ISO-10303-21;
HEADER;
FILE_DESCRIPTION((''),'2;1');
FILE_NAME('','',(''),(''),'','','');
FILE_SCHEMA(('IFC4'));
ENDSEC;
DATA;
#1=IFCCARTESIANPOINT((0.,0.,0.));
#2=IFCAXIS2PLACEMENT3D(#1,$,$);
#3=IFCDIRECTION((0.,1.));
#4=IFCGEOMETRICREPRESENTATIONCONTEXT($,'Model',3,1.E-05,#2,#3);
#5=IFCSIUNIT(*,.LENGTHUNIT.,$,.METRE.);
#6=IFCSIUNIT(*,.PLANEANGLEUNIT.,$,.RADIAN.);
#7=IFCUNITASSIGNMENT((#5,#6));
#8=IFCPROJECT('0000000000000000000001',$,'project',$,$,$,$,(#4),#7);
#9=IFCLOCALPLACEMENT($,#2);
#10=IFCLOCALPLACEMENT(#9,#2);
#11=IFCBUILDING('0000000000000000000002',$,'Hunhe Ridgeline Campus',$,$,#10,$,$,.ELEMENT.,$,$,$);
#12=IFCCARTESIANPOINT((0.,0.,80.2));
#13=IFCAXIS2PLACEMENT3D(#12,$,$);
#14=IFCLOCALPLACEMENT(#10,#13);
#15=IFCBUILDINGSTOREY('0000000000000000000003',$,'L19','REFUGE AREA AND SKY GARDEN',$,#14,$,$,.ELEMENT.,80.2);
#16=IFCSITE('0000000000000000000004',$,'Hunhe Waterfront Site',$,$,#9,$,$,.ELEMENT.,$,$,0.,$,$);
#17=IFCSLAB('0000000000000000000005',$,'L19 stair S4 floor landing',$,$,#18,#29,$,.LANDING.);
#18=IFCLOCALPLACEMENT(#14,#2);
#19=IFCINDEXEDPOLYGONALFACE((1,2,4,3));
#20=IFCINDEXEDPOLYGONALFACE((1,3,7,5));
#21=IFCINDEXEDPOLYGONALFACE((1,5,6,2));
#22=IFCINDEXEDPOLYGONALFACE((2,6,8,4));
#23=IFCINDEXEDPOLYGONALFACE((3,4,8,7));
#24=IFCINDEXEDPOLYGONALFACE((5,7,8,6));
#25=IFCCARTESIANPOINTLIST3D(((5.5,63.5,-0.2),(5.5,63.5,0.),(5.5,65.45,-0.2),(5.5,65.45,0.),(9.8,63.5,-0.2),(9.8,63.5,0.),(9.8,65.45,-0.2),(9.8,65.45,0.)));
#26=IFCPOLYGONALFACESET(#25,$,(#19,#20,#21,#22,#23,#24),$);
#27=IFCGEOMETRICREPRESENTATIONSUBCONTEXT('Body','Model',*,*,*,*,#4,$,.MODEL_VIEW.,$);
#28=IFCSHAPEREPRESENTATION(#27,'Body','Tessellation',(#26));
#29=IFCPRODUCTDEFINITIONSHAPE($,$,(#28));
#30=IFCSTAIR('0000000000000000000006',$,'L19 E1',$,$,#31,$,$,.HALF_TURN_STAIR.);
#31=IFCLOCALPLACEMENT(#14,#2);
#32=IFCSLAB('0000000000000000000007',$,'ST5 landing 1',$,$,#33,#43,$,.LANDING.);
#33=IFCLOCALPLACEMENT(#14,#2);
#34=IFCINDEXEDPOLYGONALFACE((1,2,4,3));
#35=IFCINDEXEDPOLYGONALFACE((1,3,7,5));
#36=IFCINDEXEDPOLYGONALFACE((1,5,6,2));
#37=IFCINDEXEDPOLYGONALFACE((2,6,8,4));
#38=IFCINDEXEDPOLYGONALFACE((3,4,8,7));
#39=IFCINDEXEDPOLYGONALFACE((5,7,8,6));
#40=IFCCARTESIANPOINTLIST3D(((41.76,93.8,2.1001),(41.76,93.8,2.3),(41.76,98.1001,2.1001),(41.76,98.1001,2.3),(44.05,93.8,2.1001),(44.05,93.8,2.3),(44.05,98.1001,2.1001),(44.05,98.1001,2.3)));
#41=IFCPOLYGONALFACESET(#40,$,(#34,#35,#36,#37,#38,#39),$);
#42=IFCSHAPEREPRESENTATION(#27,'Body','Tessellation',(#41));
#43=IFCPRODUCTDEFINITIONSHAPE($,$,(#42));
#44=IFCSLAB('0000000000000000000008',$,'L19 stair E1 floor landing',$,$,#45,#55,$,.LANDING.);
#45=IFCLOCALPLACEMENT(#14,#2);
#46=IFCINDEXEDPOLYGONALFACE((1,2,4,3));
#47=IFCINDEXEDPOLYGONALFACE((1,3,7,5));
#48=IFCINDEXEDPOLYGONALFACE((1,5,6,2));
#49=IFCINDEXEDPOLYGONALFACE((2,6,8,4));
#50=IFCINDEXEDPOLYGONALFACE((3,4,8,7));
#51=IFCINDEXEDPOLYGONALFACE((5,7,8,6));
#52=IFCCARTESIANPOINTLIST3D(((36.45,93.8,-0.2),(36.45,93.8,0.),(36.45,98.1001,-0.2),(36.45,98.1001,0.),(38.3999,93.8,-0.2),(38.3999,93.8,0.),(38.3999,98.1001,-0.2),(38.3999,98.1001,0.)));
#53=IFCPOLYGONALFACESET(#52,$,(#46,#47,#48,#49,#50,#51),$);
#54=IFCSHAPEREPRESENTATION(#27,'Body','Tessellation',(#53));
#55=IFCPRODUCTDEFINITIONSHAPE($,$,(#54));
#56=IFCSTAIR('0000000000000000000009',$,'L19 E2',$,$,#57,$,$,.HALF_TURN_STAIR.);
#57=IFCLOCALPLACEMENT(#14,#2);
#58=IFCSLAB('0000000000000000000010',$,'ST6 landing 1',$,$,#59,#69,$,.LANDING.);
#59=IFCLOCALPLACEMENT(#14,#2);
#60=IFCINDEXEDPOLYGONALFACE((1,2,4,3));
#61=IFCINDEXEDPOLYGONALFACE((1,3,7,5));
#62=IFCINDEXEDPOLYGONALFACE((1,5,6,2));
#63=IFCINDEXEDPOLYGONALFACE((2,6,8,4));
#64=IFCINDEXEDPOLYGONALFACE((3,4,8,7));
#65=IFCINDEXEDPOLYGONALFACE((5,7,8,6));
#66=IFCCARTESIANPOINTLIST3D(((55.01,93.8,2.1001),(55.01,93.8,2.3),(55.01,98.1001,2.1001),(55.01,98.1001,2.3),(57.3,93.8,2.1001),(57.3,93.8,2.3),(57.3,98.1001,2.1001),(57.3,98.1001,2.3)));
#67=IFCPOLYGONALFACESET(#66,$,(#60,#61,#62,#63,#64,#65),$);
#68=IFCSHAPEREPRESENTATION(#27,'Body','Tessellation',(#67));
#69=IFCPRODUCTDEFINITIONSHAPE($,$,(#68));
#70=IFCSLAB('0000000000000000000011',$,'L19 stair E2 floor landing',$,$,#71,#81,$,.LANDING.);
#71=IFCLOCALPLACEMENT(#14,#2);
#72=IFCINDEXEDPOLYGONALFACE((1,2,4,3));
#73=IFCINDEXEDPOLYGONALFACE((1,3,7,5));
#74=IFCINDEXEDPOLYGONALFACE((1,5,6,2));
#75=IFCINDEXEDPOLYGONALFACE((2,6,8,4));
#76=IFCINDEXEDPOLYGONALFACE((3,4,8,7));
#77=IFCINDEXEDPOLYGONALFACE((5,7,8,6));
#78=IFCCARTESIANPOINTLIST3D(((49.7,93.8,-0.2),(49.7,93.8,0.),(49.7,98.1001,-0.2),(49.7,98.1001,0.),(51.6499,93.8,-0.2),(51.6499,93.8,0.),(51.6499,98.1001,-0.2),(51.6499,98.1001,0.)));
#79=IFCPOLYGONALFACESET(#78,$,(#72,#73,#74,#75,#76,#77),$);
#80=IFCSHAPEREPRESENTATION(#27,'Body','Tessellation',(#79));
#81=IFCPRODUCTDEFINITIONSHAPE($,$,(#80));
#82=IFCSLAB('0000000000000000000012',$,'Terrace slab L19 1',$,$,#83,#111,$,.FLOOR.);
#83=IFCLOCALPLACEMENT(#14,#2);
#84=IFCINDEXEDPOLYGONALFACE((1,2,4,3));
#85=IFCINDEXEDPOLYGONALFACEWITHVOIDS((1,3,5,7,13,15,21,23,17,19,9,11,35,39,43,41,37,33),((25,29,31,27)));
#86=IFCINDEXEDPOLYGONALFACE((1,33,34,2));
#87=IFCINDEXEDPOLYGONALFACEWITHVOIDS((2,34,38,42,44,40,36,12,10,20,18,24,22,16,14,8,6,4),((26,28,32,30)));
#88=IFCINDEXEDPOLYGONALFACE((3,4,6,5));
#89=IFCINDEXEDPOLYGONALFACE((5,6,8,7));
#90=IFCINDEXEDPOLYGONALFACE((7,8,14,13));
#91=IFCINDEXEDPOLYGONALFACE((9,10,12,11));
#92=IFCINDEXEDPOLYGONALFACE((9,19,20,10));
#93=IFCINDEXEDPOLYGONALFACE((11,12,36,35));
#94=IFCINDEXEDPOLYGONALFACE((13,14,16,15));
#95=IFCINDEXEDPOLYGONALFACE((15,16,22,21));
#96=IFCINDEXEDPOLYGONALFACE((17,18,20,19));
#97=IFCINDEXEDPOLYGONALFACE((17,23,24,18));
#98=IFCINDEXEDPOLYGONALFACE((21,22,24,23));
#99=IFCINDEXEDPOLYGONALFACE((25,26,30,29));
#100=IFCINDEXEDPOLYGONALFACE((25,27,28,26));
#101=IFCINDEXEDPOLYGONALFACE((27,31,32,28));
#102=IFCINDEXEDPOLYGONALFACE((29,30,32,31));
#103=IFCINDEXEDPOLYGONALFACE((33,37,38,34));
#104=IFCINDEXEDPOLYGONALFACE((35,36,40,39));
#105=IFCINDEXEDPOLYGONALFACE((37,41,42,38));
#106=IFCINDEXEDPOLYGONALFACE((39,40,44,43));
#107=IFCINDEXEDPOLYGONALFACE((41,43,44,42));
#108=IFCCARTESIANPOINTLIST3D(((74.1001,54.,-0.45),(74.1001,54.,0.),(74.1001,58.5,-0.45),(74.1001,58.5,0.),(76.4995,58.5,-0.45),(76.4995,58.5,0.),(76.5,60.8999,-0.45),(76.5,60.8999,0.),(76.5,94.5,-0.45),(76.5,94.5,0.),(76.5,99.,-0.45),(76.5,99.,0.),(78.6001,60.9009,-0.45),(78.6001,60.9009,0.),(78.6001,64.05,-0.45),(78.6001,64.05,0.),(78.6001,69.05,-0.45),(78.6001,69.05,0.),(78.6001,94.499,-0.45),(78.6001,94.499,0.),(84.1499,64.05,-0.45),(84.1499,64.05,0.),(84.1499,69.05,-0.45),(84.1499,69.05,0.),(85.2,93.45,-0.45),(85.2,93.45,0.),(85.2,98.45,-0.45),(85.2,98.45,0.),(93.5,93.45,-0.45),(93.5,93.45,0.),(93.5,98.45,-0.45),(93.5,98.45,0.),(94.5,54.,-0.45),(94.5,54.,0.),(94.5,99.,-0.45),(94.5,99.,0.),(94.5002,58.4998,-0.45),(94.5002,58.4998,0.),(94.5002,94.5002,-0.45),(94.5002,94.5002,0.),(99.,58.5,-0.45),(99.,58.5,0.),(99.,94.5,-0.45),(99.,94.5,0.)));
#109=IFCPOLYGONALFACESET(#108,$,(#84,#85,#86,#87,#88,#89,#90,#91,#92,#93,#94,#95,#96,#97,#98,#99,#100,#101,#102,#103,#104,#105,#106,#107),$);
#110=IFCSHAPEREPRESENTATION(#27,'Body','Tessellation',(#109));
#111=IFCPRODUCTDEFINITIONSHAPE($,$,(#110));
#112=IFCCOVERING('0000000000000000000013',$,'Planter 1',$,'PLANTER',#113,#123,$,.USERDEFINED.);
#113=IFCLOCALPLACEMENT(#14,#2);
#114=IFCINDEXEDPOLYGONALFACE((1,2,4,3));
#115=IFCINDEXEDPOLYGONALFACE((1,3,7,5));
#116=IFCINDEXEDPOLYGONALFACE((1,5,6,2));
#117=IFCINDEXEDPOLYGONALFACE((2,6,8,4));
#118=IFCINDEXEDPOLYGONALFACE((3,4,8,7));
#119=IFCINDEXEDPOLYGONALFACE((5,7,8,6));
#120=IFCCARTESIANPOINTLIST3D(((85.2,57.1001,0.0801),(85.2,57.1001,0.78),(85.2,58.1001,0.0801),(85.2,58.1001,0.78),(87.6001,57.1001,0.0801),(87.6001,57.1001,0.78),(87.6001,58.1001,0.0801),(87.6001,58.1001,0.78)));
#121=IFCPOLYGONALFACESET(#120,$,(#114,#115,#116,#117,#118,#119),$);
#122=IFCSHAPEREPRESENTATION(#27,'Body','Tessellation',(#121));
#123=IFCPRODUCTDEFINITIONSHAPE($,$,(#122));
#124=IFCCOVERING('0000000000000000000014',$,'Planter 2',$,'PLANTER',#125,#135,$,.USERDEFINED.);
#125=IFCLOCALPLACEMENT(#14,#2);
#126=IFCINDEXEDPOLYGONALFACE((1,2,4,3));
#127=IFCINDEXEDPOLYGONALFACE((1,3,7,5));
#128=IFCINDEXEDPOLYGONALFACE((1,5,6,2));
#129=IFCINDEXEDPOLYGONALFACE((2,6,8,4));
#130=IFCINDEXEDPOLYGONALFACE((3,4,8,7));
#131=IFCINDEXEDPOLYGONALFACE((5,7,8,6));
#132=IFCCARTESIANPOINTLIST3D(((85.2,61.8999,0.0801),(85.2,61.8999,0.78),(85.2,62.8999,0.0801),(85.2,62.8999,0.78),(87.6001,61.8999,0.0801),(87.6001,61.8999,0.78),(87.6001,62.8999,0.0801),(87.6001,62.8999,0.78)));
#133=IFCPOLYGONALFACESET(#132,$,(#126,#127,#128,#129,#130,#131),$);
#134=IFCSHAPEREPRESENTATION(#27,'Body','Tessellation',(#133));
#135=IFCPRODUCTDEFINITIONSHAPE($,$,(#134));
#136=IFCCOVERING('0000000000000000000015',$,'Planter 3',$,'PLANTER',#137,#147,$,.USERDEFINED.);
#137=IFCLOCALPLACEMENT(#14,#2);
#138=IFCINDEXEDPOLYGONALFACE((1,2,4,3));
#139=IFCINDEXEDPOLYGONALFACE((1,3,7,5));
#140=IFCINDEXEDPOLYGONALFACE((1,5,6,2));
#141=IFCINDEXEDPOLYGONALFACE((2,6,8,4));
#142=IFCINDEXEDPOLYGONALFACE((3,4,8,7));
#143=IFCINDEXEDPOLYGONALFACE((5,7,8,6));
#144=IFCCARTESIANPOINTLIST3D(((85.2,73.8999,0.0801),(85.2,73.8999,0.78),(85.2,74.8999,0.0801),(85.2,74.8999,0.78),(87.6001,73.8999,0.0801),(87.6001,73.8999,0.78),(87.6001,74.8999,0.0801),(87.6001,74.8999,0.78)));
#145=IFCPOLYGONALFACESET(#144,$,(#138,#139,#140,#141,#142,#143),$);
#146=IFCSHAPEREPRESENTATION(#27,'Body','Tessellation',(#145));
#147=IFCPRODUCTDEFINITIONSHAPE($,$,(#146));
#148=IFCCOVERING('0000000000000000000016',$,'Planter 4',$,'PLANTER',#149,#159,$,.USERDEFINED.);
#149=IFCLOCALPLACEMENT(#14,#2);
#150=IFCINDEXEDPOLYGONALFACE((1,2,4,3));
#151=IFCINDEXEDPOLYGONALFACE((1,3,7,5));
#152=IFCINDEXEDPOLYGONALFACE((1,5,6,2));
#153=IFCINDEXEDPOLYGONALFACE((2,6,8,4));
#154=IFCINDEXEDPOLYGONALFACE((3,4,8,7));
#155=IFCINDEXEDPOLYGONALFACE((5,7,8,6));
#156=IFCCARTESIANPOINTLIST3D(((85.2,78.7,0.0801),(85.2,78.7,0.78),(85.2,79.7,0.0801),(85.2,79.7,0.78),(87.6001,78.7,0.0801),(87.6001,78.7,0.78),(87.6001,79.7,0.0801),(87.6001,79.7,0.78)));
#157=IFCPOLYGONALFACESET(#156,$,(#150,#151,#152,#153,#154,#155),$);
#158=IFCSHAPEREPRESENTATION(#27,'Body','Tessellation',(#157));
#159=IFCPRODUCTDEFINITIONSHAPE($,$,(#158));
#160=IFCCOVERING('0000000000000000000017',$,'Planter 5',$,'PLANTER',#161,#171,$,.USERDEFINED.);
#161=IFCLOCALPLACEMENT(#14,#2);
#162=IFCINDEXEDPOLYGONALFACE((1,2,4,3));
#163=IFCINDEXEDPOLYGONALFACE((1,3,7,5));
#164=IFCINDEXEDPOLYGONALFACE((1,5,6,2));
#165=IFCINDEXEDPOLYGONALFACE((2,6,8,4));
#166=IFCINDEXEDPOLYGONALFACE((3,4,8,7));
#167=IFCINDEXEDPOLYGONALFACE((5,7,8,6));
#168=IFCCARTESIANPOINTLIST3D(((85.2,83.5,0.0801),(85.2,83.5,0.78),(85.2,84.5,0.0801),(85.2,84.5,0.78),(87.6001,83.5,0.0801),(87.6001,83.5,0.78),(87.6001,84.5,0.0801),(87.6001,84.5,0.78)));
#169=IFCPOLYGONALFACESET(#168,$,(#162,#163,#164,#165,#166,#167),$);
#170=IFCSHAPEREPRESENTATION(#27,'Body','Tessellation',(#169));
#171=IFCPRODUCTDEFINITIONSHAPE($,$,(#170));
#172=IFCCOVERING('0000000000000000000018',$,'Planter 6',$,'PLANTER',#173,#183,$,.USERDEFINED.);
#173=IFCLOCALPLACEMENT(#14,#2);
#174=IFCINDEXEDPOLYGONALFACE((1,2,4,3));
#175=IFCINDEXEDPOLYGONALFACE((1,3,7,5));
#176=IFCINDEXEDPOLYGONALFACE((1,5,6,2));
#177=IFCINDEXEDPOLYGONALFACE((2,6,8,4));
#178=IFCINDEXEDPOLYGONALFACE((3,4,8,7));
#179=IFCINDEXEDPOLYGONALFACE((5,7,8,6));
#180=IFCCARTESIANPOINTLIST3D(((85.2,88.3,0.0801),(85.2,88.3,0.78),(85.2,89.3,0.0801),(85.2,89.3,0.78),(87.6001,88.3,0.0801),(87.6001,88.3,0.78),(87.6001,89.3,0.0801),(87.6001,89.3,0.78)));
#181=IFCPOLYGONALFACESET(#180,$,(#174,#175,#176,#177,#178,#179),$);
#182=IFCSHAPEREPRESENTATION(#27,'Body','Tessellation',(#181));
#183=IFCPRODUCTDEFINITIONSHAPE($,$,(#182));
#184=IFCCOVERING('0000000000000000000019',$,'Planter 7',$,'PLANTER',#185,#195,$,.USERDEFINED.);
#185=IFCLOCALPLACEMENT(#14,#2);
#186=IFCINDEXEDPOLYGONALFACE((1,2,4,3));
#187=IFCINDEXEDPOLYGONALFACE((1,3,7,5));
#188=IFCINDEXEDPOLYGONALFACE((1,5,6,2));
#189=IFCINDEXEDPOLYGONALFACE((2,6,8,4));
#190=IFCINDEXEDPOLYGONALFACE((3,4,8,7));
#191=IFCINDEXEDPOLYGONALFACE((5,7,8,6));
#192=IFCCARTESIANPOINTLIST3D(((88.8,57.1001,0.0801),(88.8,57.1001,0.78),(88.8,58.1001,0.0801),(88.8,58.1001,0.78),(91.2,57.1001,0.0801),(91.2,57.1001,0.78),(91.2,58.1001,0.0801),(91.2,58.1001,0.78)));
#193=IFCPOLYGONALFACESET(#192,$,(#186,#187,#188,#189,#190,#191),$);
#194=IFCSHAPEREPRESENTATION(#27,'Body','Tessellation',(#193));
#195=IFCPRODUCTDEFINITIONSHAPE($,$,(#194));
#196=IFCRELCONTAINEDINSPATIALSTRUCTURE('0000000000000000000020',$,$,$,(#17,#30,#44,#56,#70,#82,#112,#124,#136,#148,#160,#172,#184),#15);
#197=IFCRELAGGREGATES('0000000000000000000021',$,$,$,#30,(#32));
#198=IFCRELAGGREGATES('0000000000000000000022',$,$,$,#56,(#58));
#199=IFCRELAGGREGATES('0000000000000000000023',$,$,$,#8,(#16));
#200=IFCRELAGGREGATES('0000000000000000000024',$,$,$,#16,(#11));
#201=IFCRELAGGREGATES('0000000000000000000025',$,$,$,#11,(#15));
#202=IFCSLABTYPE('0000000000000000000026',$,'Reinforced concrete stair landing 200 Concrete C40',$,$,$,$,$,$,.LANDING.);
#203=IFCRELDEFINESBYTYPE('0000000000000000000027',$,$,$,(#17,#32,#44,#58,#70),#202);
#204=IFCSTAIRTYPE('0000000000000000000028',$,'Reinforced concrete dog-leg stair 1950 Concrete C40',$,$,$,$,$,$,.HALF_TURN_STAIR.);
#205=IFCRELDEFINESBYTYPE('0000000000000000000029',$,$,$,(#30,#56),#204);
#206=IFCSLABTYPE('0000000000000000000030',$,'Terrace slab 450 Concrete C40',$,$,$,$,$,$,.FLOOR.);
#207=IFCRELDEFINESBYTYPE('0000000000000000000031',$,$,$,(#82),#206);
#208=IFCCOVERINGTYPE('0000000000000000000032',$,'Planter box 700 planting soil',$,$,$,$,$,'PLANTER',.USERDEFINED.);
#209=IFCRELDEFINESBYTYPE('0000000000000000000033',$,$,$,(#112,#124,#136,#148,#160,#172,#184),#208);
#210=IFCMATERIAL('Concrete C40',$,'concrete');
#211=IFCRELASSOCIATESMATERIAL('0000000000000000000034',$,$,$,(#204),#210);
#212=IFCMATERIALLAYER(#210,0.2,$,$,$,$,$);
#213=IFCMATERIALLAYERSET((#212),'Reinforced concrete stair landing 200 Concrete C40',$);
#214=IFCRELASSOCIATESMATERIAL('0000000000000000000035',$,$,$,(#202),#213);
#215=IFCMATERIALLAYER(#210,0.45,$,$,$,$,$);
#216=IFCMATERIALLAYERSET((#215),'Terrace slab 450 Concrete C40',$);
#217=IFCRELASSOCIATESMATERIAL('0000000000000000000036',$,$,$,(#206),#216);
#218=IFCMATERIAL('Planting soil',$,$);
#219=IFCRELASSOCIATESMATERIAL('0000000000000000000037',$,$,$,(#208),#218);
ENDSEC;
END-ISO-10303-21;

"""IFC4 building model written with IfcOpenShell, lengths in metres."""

from ifc_helpers import new_model, si_unit, direction, frame, origin, place, context, subcontext, project, spatial, polyline, outline, extrude, material, layer, layer_set, type_object, element, aggregate, save


model = new_model("IFC4")

# Units and contexts
model_context = context("Model", 3, precision=1e-05, world=origin(), true_north=direction((0.0, 1.0)))
body_context = subcontext(model_context, "Body", "Model", "MODEL_VIEW")
ifc_project = project(units=[si_unit("LENGTHUNIT", "METRE"), si_unit("PLANEANGLEUNIT", "RADIAN")], contexts=[model_context])

# Site, building, storey
site_placement = place(None, origin())
site = spatial("IfcSite", under=ifc_project, at=site_placement, Name="Hunhe Waterfront Site", CompositionType="ELEMENT", RefElevation=0.0)
building_placement = place(site_placement, origin())
building = spatial("IfcBuilding", under=site, at=building_placement, Name="Hunhe Ridgeline Campus", CompositionType="ELEMENT")
storey_placement = place(building_placement, frame((0.0, 0.0, 80.2)))
storey = spatial("IfcBuildingStorey", under=building, at=storey_placement, Name="L19", Description="REFUGE AREA AND SKY GARDEN", CompositionType="ELEMENT", Elevation=80.2)

# Shared definitions
ifc_material_1 = material(Name="Concrete C40", Category="concrete")

# Shared definitions
stair_type = type_object("IfcStairType", Name="Reinforced concrete dog-leg stair 1950 Concrete C40", PredefinedType="HALF_TURN_STAIR", material=ifc_material_1)
ifc_layer_1 = layer(ifc_material_1, 0.2)
ifc_layer_set_1 = layer_set([ifc_layer_1], Name="Reinforced concrete stair landing 200 Concrete C40")
slab_type_1 = type_object("IfcSlabType", Name="Reinforced concrete stair landing 200 Concrete C40", PredefinedType="LANDING", material=ifc_layer_set_1)

# Slab
slab_1_placement = place(storey_placement, frame((0.0, 0.0, -0.2)))
element("IfcSlab", 1, at=slab_1_placement, inside=storey, type_object=slab_type_1, Name="L19 stair S4 floor landing", PredefinedType="LANDING", context=body_context, shape_type="SweptSolid", body=[
    extrude(outline(polyline([(9.8, 63.5), (9.8, 65.45), (5.5, 65.45), (5.5, 63.5), (9.8, 63.5)])), origin(), (0.0, 0.0, 1.0), 0.2),
])

# Stair, slab
stair_1_placement = place(storey_placement, origin())
stair_1 = element("IfcStair", 2, at=stair_1_placement, inside=storey, type_object=stair_type, Name="L19 E1", PredefinedType="HALF_TURN_STAIR")
slab_2_placement = place(storey_placement, frame((0.0, 0.0, 2.1001)))
slab_2 = element("IfcSlab", 3, at=slab_2_placement, type_object=slab_type_1, Name="ST5 landing 1", PredefinedType="LANDING", context=body_context, shape_type="SweptSolid", body=[
    extrude(outline(polyline([(41.76, 93.8), (44.05, 93.8), (44.05, 98.1001), (41.76, 98.1001), (41.76, 93.8)])), origin(), (0.0, 0.0, 1.0), 0.2),
])
aggregate(stair_1, [slab_2])

# Slab
slab_3_placement = place(storey_placement, frame((0.0, 0.0, -0.2)))
element("IfcSlab", 4, at=slab_3_placement, inside=storey, type_object=slab_type_1, Name="L19 stair E1 floor landing", PredefinedType="LANDING", context=body_context, shape_type="SweptSolid", body=[
    extrude(outline(polyline([(36.45, 93.8), (38.3999, 93.8), (38.3999, 98.1001), (36.45, 98.1001), (36.45, 93.8)])), origin(), (0.0, 0.0, 1.0), 0.2),
])

# Stair, slab
stair_2_placement = place(storey_placement, origin())
stair_2 = element("IfcStair", 5, at=stair_2_placement, inside=storey, type_object=stair_type, Name="L19 E2", PredefinedType="HALF_TURN_STAIR")
slab_4_placement = place(storey_placement, frame((0.0, 0.0, 2.1001)))
slab_4 = element("IfcSlab", 6, at=slab_4_placement, type_object=slab_type_1, Name="ST6 landing 1", PredefinedType="LANDING", context=body_context, shape_type="SweptSolid", body=[
    extrude(outline(polyline([(55.01, 93.8), (57.3, 93.8), (57.3, 98.1001), (55.01, 98.1001), (55.01, 93.8)])), origin(), (0.0, 0.0, 1.0), 0.2),
])
aggregate(stair_2, [slab_4])

# Slabs
slab_5_placement = place(storey_placement, frame((0.0, 0.0, -0.2)))
element("IfcSlab", 7, at=slab_5_placement, inside=storey, type_object=slab_type_1, Name="L19 stair E2 floor landing", PredefinedType="LANDING", context=body_context, shape_type="SweptSolid", body=[
    extrude(outline(polyline([(49.7, 93.8), (51.6499, 93.8), (51.6499, 98.1001), (49.7, 98.1001), (49.7, 93.8)])), origin(), (0.0, 0.0, 1.0), 0.2),
])
ifc_layer_2 = layer(ifc_material_1, 0.45)
ifc_layer_set_2 = layer_set([ifc_layer_2], Name="Terrace slab 450 Concrete C40")
slab_type_2 = type_object("IfcSlabType", Name="Terrace slab 450 Concrete C40", PredefinedType="FLOOR", material=ifc_layer_set_2)
slab_6_placement = place(storey_placement, frame((0.0, 0.0, -0.45)))
element("IfcSlab", 8, at=slab_6_placement, inside=storey, type_object=slab_type_2, Name="Terrace slab L19 1", PredefinedType="FLOOR", context=body_context, shape_type="SweptSolid", body=[
    extrude(outline(polyline([(84.1499, 64.05), (78.6001, 64.05), (78.6001, 60.9009), (76.5, 60.8999), (76.4995, 58.5), (74.1001, 58.5), (74.1001, 54.0), (94.5, 54.0), (94.5002, 58.4998), (99.0, 58.5), (99.0, 94.5), (94.5002, 94.5002), (94.5, 99.0), (76.5, 99.0), (76.5, 94.5), (78.6001, 94.499), (78.6001, 69.05), (84.1499, 69.05), (84.1499, 64.05)]), holes=[polyline([(85.2, 93.45), (93.5, 93.45), (93.5, 98.45), (85.2, 98.45), (85.2, 93.45)])]), origin(), (0.0, 0.0, 1.0), 0.45),
])

# Coverings
ifc_material_2 = material(Name="Planting soil")
covering_type_1 = type_object("IfcCoveringType", Name="Planter box 700 planting soil", ElementType="PLANTER", PredefinedType="USERDEFINED", material=ifc_material_2)
covering_1_placement = place(storey_placement, frame((0.0, 0.0, 0.0801)))
element("IfcCovering", 9, at=covering_1_placement, inside=storey, type_object=covering_type_1, Name="Planter 1", ObjectType="PLANTER", PredefinedType="USERDEFINED", context=body_context, shape_type="SweptSolid", body=[
    extrude(outline(polyline([(85.2, 57.1001), (87.6001, 57.1001), (87.6001, 58.1001), (85.2, 58.1001), (85.2, 57.1001)])), origin(), (0.0, 0.0, 1.0), 0.7),
])
covering_2_placement = place(storey_placement, frame((0.0, 0.0, 0.0801)))
element("IfcCovering", 10, at=covering_2_placement, inside=storey, type_object=covering_type_1, Name="Planter 2", ObjectType="PLANTER", PredefinedType="USERDEFINED", context=body_context, shape_type="SweptSolid", body=[
    extrude(outline(polyline([(85.2, 61.8999), (87.6001, 61.8999), (87.6001, 62.8999), (85.2, 62.8999), (85.2, 61.8999)])), origin(), (0.0, 0.0, 1.0), 0.7),
])
covering_3_placement = place(storey_placement, frame((0.0, 0.0, 0.0801)))
element("IfcCovering", 11, at=covering_3_placement, inside=storey, type_object=covering_type_1, Name="Planter 3", ObjectType="PLANTER", PredefinedType="USERDEFINED", context=body_context, shape_type="SweptSolid", body=[
    extrude(outline(polyline([(85.2, 73.8999), (87.6001, 73.8999), (87.6001, 74.8999), (85.2, 74.8999), (85.2, 73.8999)])), origin(), (0.0, 0.0, 1.0), 0.7),
])
covering_4_placement = place(storey_placement, frame((0.0, 0.0, 0.0801)))
element("IfcCovering", 12, at=covering_4_placement, inside=storey, type_object=covering_type_1, Name="Planter 4", ObjectType="PLANTER", PredefinedType="USERDEFINED", context=body_context, shape_type="SweptSolid", body=[
    extrude(outline(polyline([(85.2, 78.7), (87.6001, 78.7), (87.6001, 79.7), (85.2, 79.7), (85.2, 78.7)])), origin(), (0.0, 0.0, 1.0), 0.7),
])
covering_5_placement = place(storey_placement, frame((0.0, 0.0, 0.0801)))
element("IfcCovering", 13, at=covering_5_placement, inside=storey, type_object=covering_type_1, Name="Planter 5", ObjectType="PLANTER", PredefinedType="USERDEFINED", context=body_context, shape_type="SweptSolid", body=[
    extrude(outline(polyline([(85.2, 83.5), (87.6001, 83.5), (87.6001, 84.5), (85.2, 84.5), (85.2, 83.5)])), origin(), (0.0, 0.0, 1.0), 0.7),
])
covering_6_placement = place(storey_placement, frame((0.0, 0.0, 0.0801)))
element("IfcCovering", 14, at=covering_6_placement, inside=storey, type_object=covering_type_1, Name="Planter 6", ObjectType="PLANTER", PredefinedType="USERDEFINED", context=body_context, shape_type="SweptSolid", body=[
    extrude(outline(polyline([(85.2, 88.3), (87.6001, 88.3), (87.6001, 89.3), (85.2, 89.3), (85.2, 88.3)])), origin(), (0.0, 0.0, 1.0), 0.7),
])
covering_7_placement = place(storey_placement, frame((0.0, 0.0, 0.0801)))
element("IfcCovering", 15, at=covering_7_placement, inside=storey, type_object=covering_type_1, Name="Planter 7", ObjectType="PLANTER", PredefinedType="USERDEFINED", context=body_context, shape_type="SweptSolid", body=[
    extrude(outline(polyline([(88.8, 57.1001), (91.2, 57.1001), (91.2, 58.1001), (88.8, 58.1001), (88.8, 57.1001)])), origin(), (0.0, 0.0, 1.0), 0.7),
])

save(model, "model.ifc")
